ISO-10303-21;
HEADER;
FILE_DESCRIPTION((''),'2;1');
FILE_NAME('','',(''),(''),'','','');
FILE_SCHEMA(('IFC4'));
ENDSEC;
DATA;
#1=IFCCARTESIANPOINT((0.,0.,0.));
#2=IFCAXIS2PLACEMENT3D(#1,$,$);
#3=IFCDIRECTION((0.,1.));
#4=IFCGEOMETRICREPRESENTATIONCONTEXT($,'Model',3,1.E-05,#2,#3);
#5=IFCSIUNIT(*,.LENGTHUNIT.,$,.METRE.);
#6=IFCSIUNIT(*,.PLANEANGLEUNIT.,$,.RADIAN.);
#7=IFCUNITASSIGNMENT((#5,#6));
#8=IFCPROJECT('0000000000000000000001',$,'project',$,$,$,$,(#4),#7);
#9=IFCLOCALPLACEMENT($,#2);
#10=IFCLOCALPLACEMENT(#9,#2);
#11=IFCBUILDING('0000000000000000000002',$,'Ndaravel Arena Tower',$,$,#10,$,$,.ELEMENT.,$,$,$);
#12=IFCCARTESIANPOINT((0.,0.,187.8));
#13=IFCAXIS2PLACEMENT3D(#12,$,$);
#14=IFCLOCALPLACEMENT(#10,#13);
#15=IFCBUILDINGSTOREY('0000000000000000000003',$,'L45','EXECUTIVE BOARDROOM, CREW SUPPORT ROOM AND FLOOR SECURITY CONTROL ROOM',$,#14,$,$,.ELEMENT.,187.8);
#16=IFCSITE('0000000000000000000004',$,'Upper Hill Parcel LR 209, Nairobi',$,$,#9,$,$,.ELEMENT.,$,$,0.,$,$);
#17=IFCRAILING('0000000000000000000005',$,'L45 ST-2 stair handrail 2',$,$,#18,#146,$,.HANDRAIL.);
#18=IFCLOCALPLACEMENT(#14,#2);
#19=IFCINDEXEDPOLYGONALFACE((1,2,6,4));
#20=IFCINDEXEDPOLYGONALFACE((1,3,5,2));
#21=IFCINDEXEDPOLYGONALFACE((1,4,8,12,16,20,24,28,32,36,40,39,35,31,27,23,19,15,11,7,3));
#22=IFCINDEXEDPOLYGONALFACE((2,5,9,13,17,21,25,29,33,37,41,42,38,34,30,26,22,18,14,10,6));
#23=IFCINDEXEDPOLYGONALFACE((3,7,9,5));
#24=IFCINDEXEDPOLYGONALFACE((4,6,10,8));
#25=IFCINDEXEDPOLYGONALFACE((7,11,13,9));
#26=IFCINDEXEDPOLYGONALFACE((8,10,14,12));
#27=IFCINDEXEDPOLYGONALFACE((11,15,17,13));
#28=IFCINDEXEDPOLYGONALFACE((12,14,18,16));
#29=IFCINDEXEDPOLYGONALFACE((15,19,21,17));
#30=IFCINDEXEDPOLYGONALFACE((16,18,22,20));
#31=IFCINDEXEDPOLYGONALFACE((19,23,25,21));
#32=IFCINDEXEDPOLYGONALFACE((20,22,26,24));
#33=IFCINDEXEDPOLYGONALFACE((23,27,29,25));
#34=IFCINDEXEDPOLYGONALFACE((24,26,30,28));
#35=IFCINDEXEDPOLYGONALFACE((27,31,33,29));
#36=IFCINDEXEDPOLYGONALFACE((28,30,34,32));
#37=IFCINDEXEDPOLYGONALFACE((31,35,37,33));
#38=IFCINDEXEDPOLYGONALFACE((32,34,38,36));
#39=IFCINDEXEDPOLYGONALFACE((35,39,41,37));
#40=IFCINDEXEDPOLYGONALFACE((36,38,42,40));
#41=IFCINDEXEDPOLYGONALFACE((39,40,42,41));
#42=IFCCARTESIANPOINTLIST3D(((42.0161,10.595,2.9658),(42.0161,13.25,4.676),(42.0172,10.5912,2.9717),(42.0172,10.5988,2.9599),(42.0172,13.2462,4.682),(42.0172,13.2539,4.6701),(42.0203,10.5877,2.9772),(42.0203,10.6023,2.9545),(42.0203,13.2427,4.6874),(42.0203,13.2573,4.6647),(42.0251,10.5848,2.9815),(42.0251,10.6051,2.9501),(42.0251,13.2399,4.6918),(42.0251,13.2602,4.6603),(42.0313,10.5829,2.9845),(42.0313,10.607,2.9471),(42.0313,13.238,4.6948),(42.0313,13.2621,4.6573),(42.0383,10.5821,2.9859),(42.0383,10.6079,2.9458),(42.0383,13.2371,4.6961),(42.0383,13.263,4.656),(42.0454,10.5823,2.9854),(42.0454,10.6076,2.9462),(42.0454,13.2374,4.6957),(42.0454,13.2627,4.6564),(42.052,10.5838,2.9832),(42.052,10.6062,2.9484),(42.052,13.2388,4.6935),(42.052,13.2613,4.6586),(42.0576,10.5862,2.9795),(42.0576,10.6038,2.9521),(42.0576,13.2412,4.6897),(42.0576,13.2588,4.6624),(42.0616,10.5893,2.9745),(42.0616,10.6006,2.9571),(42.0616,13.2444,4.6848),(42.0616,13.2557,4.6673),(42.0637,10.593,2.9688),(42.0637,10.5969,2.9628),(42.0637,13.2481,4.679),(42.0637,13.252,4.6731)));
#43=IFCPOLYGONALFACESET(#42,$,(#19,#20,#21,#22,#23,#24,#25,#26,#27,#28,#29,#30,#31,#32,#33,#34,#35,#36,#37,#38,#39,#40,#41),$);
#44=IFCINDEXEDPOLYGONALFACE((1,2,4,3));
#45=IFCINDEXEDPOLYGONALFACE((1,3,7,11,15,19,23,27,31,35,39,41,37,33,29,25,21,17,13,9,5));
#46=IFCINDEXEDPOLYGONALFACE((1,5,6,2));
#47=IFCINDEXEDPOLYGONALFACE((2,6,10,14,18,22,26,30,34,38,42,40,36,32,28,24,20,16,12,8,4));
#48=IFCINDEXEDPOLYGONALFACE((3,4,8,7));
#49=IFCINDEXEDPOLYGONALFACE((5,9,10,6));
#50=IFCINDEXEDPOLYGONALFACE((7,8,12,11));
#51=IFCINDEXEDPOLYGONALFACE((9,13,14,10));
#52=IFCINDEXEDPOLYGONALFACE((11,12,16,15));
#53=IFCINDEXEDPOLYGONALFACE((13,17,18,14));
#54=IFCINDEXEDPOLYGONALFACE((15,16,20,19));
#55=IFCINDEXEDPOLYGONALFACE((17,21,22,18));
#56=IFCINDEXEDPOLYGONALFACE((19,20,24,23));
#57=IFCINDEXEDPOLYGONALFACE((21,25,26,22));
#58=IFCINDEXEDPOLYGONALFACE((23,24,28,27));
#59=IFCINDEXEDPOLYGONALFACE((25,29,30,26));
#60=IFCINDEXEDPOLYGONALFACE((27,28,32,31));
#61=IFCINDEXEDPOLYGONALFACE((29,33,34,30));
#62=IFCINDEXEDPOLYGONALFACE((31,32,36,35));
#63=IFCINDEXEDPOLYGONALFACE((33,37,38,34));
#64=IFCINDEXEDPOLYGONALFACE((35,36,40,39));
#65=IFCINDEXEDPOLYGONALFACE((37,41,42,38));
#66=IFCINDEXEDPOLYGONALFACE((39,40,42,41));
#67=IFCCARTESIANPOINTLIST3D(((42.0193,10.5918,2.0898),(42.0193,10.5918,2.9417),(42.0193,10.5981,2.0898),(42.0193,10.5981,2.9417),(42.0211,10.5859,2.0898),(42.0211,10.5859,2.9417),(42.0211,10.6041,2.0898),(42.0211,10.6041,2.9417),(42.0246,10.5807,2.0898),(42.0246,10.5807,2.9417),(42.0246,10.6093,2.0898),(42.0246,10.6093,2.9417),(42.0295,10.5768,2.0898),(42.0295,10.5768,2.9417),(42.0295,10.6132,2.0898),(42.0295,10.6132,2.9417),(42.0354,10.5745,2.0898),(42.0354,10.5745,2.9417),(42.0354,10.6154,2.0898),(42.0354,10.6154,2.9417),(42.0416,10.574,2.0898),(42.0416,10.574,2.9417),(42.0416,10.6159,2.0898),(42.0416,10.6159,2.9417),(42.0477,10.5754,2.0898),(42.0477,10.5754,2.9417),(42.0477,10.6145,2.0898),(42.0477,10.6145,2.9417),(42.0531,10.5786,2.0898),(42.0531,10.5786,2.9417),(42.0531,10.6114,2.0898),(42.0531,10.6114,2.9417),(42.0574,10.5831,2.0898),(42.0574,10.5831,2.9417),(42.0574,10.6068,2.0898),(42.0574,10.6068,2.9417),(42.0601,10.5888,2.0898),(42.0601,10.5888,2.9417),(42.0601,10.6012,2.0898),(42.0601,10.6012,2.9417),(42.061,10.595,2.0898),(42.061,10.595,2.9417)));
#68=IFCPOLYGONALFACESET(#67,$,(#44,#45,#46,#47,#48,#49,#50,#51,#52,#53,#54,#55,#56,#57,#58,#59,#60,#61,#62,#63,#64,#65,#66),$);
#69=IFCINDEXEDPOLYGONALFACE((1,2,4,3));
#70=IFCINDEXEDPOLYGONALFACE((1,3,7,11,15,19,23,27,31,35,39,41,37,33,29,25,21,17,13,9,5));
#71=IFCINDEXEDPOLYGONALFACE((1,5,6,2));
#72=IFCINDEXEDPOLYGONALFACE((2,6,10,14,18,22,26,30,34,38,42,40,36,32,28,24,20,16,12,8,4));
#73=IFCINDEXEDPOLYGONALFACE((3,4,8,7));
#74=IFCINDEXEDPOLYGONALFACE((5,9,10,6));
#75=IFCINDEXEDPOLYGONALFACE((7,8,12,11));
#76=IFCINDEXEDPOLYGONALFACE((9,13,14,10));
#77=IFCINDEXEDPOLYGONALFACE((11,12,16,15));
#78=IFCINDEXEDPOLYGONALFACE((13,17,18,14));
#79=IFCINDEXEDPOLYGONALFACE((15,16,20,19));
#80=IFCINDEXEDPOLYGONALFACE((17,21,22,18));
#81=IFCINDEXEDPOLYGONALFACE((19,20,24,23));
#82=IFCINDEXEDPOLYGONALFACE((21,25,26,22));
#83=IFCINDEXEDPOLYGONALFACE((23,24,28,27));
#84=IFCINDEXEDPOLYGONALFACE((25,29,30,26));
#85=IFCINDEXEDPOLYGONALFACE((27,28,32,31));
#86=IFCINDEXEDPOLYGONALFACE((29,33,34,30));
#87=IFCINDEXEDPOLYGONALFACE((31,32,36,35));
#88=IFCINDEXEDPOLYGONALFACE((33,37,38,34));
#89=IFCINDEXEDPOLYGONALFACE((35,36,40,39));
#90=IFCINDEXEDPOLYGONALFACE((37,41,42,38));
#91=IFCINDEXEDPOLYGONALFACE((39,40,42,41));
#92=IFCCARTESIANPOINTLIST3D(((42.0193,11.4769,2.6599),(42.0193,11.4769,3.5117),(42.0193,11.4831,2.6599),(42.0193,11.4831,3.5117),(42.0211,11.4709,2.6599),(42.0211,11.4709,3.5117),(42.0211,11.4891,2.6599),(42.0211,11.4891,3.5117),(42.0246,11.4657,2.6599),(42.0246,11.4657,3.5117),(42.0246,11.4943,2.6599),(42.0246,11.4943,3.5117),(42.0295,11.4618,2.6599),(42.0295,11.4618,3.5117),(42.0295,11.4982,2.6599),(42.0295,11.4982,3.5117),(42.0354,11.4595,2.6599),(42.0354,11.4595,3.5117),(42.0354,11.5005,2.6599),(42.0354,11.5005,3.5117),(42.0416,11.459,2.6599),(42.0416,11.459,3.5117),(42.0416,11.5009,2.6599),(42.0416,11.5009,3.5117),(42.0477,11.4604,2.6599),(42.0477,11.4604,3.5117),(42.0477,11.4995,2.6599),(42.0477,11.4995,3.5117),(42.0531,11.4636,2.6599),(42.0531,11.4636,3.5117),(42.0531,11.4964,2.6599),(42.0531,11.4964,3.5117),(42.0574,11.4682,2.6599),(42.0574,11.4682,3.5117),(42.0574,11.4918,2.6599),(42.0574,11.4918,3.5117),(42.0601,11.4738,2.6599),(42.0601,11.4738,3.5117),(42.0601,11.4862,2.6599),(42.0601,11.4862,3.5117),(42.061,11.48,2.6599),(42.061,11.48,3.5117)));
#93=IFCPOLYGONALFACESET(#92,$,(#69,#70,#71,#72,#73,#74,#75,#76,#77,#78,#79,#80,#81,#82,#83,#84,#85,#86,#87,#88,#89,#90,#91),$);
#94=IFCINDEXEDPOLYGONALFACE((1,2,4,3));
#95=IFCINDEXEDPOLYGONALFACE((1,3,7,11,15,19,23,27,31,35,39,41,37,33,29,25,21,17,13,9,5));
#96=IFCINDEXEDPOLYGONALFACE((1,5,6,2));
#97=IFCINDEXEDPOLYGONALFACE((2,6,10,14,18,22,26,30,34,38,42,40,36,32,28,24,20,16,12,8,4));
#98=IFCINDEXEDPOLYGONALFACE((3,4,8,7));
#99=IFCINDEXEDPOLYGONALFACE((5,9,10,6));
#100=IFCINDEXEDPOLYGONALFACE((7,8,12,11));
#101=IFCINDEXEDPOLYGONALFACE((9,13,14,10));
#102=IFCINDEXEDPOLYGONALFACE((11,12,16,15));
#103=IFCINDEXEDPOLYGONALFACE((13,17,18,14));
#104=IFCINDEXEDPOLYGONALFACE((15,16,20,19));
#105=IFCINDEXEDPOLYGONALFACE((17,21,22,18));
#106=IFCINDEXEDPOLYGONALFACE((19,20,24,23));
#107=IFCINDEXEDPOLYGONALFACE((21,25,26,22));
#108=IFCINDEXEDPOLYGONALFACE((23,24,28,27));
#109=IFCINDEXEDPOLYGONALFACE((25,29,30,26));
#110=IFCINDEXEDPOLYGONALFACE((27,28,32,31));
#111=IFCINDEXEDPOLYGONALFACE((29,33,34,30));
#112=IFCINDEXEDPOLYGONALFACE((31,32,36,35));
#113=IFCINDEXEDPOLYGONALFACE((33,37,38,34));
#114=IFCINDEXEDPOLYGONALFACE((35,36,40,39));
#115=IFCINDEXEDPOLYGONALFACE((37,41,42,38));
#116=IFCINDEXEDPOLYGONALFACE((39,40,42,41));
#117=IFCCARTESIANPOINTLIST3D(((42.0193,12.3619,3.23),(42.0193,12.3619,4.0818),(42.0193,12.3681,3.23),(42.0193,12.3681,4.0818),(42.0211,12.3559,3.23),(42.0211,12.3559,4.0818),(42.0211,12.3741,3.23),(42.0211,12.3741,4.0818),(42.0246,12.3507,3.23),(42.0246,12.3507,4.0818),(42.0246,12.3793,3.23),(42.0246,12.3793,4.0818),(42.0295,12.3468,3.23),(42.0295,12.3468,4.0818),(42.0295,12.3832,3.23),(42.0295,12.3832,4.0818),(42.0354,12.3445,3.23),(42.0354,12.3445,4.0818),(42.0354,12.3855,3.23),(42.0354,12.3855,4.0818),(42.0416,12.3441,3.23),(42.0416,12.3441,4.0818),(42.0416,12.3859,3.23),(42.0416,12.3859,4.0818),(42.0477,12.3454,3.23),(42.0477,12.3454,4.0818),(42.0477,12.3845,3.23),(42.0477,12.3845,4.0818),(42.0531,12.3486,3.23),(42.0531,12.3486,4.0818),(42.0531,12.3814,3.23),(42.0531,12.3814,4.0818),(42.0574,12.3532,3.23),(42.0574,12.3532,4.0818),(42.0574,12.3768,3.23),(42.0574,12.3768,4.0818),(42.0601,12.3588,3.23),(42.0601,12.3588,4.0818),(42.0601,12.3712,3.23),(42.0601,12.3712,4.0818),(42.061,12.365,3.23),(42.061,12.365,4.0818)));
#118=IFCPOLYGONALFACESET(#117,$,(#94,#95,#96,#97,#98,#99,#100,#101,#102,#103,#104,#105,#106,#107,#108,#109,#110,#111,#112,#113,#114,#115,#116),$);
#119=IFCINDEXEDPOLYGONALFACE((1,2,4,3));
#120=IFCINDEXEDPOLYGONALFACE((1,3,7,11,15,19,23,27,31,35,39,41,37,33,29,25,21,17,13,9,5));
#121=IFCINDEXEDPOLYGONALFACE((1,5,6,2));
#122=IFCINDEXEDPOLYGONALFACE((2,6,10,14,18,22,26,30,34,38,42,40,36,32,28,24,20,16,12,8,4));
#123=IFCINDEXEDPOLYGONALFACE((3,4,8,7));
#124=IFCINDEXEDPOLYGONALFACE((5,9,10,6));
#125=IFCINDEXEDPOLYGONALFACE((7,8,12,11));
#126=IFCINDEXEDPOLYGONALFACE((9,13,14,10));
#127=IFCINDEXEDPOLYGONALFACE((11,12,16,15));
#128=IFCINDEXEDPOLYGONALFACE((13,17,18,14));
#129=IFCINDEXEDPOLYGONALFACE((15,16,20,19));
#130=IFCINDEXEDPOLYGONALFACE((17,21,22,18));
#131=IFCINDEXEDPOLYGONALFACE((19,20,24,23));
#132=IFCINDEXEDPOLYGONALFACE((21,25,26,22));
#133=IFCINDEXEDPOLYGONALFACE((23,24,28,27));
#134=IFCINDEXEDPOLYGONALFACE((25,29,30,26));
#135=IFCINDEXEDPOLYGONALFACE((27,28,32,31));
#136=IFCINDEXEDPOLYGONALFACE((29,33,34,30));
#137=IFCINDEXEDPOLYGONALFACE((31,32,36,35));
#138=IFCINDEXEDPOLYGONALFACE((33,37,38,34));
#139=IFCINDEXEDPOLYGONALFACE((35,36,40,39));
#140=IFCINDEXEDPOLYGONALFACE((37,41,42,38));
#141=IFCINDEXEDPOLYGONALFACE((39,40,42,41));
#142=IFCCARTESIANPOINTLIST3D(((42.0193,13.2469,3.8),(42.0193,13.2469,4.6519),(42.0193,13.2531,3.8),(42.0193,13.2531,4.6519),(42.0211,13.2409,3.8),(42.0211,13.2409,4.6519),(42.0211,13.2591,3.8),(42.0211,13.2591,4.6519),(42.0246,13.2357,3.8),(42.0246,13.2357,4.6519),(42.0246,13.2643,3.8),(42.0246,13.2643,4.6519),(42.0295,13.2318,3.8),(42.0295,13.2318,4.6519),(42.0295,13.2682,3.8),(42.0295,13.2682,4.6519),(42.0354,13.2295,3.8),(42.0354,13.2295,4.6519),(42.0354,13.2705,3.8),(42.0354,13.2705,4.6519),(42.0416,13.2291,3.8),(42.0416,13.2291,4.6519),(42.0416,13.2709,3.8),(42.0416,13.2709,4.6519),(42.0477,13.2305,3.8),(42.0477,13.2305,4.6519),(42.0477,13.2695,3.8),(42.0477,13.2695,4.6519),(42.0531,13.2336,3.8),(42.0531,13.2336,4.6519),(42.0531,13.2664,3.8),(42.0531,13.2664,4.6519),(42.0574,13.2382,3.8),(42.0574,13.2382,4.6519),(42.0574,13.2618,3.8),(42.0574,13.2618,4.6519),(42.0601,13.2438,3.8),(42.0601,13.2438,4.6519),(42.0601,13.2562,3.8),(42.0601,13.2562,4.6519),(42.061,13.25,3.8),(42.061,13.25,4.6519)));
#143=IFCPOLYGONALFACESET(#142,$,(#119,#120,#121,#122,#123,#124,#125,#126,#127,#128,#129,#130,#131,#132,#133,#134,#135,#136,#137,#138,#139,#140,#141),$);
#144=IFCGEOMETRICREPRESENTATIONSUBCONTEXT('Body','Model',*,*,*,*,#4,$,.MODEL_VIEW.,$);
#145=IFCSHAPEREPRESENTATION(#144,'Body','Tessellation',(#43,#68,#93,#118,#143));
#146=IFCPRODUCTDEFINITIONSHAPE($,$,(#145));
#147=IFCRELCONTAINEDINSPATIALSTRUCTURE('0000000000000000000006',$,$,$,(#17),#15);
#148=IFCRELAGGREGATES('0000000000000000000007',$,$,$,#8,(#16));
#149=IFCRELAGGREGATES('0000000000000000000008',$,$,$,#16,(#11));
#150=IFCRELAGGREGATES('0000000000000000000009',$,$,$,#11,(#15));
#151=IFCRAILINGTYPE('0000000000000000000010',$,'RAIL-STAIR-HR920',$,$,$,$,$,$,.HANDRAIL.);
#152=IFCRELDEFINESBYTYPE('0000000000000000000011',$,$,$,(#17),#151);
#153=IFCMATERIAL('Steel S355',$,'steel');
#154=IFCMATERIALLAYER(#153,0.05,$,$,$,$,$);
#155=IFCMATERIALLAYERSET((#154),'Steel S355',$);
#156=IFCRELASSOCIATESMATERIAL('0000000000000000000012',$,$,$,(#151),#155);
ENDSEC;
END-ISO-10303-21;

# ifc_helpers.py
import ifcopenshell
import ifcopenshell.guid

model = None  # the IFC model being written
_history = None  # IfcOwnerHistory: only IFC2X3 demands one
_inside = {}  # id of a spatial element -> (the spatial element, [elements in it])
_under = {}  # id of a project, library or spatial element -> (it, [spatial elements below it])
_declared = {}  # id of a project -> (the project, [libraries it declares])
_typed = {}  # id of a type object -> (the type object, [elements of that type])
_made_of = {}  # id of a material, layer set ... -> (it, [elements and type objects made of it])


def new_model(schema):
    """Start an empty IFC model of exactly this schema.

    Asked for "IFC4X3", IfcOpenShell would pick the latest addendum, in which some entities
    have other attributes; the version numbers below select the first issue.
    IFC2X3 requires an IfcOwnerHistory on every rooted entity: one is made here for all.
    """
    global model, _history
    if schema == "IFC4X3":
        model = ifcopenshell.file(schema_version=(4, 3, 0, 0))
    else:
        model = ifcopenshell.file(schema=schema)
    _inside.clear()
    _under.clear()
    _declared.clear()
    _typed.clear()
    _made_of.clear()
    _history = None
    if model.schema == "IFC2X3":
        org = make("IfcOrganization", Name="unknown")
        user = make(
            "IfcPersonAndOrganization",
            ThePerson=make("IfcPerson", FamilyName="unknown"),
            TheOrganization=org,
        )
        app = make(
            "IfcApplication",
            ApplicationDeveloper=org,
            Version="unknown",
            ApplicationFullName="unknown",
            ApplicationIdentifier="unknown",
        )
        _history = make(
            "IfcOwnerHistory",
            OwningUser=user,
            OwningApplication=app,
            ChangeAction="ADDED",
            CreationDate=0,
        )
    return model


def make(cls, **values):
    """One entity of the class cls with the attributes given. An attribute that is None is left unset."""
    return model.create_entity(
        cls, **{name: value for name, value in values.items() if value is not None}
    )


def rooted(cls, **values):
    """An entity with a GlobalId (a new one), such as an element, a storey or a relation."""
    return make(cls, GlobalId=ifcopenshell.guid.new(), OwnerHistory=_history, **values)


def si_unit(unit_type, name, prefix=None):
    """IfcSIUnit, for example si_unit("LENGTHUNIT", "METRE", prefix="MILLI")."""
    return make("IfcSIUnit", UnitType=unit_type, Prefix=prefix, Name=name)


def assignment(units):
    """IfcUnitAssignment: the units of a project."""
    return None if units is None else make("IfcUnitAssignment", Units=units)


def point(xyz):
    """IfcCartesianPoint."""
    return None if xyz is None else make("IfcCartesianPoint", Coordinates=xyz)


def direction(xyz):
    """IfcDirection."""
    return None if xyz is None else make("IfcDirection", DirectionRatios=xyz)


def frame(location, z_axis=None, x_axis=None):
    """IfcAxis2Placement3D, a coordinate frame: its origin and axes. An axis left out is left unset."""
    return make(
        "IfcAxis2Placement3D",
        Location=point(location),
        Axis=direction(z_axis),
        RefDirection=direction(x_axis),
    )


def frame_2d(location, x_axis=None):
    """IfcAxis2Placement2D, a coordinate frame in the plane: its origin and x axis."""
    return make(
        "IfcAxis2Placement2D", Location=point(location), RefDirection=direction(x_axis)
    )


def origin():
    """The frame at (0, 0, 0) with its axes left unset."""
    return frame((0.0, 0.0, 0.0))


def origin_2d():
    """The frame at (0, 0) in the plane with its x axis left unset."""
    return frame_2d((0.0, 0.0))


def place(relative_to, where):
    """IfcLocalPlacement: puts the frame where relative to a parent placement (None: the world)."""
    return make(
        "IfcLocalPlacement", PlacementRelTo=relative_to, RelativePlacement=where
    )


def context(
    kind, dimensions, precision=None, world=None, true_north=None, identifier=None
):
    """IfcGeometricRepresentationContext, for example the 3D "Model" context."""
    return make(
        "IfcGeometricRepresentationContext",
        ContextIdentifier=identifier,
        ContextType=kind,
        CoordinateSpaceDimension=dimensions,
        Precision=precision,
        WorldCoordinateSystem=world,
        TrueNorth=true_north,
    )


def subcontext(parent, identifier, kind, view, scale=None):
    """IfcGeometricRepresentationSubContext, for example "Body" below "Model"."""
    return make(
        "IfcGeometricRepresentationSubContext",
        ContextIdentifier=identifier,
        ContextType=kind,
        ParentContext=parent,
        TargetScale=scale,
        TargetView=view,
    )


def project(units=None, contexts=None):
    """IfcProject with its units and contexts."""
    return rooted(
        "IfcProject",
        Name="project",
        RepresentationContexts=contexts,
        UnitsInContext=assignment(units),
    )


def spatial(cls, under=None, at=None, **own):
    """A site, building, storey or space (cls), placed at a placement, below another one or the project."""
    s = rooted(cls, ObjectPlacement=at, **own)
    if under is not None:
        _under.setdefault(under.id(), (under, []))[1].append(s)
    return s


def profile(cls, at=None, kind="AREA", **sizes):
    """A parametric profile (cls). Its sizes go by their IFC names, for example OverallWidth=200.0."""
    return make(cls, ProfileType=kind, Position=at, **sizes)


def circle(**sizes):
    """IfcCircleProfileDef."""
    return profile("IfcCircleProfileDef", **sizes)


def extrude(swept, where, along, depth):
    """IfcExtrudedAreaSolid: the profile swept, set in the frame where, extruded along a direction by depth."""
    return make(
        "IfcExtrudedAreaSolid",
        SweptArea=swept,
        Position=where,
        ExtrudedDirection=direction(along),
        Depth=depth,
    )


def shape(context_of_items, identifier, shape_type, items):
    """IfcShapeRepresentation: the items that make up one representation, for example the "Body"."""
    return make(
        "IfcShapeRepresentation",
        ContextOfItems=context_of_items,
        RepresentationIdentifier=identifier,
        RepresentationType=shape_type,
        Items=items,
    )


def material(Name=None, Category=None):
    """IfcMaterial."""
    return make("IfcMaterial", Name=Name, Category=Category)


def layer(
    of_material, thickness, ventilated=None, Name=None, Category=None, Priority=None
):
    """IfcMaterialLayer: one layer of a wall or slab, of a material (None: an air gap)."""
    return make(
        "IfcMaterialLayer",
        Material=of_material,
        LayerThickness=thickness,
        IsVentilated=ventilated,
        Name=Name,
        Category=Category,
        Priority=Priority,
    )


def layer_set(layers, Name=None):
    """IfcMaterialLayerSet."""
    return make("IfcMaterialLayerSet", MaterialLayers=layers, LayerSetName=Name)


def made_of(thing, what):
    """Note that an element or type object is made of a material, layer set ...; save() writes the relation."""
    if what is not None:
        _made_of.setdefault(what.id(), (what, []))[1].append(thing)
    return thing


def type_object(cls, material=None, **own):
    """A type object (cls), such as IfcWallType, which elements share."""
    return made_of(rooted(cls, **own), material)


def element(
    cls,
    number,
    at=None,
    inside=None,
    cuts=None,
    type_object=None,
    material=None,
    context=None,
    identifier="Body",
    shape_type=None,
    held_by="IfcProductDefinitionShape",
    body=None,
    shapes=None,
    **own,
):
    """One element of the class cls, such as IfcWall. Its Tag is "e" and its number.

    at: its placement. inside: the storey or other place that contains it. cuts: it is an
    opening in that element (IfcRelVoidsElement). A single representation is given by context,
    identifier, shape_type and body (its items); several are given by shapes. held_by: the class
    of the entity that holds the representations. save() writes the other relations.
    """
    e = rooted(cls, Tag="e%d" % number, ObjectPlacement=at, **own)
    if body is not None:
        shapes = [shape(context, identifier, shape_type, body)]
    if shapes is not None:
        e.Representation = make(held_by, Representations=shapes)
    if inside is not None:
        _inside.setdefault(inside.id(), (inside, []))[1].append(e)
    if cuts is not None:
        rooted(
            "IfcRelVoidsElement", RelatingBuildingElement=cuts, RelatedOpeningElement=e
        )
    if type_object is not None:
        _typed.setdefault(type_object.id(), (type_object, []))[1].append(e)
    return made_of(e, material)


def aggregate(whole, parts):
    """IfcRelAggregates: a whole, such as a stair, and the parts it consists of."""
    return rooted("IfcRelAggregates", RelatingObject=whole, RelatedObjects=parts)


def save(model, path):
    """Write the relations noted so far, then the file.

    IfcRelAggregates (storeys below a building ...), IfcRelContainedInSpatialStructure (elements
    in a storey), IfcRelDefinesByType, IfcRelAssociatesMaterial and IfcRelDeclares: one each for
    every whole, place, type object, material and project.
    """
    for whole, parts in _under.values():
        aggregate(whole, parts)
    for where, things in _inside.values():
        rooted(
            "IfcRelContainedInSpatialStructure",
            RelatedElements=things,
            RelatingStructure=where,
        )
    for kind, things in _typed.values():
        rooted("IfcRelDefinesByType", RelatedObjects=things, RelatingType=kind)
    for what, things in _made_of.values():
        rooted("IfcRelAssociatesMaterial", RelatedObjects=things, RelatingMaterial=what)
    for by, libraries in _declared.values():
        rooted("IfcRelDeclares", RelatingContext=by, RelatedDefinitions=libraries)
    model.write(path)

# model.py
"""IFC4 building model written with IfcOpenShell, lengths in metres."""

from ifc_helpers import new_model, si_unit, direction, frame, origin, origin_2d, place, context, subcontext, project, spatial, circle, extrude, material, layer, layer_set, type_object, element, save


model = new_model("IFC4")

# Units and contexts
model_context = context("Model", 3, precision=1e-05, world=origin(), true_north=direction((0.0, 1.0)))
body_context = subcontext(model_context, "Body", "Model", "MODEL_VIEW")
ifc_project = project(units=[si_unit("LENGTHUNIT", "METRE"), si_unit("PLANEANGLEUNIT", "RADIAN")], contexts=[model_context])

# Site, building, storey
site_placement = place(None, origin())
site = spatial("IfcSite", under=ifc_project, at=site_placement, Name="Upper Hill Parcel LR 209, Nairobi", CompositionType="ELEMENT", RefElevation=0.0)
building_placement = place(site_placement, origin())
building = spatial("IfcBuilding", under=site, at=building_placement, Name="Ndaravel Arena Tower", CompositionType="ELEMENT")
storey_placement = place(building_placement, frame((0.0, 0.0, 187.8)))
storey = spatial("IfcBuildingStorey", under=building, at=storey_placement, Name="L45", Description="EXECUTIVE BOARDROOM, CREW SUPPORT ROOM AND FLOOR SECURITY CONTROL ROOM", CompositionType="ELEMENT", Elevation=187.8)

# Railing
ifc_material_1 = material(Name="Steel S355", Category="steel")
ifc_layer_1 = layer(ifc_material_1, 0.05)
ifc_layer_set_1 = layer_set([ifc_layer_1], Name="Steel S355")
railing_type_1 = type_object("IfcRailingType", Name="RAIL-STAIR-HR920", PredefinedType="HANDRAIL", material=ifc_layer_set_1)
railing_1_placement = place(storey_placement, frame((42.04, 10.595, 2.0898)))
element("IfcRailing", 1, at=railing_1_placement, inside=storey, type_object=railing_type_1, Name="L45 ST-2 stair handrail 2", PredefinedType="HANDRAIL", context=body_context, shape_type="SweptSolid", body=[
    extrude(circle(Radius=0.0239, at=origin_2d()), frame((0.0, 0.0, 0.876), z_axis=(0.0, 0.840688, 0.541519), x_axis=(-1.0, 0.0, 0.0)), (0.0, 0.0, 1.0), 3.1582),
    extrude(circle(Radius=0.021, at=origin_2d()), origin(), (0.0, 0.0, 1.0), 0.8518),
    extrude(circle(Radius=0.021, at=origin_2d()), frame((0.0, 0.885, 0.5701)), (0.0, 0.0, 1.0), 0.8518),
    extrude(circle(Radius=0.021, at=origin_2d()), frame((0.0, 1.77, 1.1401)), (0.0, 0.0, 1.0), 0.8518),
    extrude(circle(Radius=0.021, at=origin_2d()), frame((0.0, 2.655, 1.7102)), (0.0, 0.0, 1.0), 0.8518),
])

save(model, "model.ifc")
